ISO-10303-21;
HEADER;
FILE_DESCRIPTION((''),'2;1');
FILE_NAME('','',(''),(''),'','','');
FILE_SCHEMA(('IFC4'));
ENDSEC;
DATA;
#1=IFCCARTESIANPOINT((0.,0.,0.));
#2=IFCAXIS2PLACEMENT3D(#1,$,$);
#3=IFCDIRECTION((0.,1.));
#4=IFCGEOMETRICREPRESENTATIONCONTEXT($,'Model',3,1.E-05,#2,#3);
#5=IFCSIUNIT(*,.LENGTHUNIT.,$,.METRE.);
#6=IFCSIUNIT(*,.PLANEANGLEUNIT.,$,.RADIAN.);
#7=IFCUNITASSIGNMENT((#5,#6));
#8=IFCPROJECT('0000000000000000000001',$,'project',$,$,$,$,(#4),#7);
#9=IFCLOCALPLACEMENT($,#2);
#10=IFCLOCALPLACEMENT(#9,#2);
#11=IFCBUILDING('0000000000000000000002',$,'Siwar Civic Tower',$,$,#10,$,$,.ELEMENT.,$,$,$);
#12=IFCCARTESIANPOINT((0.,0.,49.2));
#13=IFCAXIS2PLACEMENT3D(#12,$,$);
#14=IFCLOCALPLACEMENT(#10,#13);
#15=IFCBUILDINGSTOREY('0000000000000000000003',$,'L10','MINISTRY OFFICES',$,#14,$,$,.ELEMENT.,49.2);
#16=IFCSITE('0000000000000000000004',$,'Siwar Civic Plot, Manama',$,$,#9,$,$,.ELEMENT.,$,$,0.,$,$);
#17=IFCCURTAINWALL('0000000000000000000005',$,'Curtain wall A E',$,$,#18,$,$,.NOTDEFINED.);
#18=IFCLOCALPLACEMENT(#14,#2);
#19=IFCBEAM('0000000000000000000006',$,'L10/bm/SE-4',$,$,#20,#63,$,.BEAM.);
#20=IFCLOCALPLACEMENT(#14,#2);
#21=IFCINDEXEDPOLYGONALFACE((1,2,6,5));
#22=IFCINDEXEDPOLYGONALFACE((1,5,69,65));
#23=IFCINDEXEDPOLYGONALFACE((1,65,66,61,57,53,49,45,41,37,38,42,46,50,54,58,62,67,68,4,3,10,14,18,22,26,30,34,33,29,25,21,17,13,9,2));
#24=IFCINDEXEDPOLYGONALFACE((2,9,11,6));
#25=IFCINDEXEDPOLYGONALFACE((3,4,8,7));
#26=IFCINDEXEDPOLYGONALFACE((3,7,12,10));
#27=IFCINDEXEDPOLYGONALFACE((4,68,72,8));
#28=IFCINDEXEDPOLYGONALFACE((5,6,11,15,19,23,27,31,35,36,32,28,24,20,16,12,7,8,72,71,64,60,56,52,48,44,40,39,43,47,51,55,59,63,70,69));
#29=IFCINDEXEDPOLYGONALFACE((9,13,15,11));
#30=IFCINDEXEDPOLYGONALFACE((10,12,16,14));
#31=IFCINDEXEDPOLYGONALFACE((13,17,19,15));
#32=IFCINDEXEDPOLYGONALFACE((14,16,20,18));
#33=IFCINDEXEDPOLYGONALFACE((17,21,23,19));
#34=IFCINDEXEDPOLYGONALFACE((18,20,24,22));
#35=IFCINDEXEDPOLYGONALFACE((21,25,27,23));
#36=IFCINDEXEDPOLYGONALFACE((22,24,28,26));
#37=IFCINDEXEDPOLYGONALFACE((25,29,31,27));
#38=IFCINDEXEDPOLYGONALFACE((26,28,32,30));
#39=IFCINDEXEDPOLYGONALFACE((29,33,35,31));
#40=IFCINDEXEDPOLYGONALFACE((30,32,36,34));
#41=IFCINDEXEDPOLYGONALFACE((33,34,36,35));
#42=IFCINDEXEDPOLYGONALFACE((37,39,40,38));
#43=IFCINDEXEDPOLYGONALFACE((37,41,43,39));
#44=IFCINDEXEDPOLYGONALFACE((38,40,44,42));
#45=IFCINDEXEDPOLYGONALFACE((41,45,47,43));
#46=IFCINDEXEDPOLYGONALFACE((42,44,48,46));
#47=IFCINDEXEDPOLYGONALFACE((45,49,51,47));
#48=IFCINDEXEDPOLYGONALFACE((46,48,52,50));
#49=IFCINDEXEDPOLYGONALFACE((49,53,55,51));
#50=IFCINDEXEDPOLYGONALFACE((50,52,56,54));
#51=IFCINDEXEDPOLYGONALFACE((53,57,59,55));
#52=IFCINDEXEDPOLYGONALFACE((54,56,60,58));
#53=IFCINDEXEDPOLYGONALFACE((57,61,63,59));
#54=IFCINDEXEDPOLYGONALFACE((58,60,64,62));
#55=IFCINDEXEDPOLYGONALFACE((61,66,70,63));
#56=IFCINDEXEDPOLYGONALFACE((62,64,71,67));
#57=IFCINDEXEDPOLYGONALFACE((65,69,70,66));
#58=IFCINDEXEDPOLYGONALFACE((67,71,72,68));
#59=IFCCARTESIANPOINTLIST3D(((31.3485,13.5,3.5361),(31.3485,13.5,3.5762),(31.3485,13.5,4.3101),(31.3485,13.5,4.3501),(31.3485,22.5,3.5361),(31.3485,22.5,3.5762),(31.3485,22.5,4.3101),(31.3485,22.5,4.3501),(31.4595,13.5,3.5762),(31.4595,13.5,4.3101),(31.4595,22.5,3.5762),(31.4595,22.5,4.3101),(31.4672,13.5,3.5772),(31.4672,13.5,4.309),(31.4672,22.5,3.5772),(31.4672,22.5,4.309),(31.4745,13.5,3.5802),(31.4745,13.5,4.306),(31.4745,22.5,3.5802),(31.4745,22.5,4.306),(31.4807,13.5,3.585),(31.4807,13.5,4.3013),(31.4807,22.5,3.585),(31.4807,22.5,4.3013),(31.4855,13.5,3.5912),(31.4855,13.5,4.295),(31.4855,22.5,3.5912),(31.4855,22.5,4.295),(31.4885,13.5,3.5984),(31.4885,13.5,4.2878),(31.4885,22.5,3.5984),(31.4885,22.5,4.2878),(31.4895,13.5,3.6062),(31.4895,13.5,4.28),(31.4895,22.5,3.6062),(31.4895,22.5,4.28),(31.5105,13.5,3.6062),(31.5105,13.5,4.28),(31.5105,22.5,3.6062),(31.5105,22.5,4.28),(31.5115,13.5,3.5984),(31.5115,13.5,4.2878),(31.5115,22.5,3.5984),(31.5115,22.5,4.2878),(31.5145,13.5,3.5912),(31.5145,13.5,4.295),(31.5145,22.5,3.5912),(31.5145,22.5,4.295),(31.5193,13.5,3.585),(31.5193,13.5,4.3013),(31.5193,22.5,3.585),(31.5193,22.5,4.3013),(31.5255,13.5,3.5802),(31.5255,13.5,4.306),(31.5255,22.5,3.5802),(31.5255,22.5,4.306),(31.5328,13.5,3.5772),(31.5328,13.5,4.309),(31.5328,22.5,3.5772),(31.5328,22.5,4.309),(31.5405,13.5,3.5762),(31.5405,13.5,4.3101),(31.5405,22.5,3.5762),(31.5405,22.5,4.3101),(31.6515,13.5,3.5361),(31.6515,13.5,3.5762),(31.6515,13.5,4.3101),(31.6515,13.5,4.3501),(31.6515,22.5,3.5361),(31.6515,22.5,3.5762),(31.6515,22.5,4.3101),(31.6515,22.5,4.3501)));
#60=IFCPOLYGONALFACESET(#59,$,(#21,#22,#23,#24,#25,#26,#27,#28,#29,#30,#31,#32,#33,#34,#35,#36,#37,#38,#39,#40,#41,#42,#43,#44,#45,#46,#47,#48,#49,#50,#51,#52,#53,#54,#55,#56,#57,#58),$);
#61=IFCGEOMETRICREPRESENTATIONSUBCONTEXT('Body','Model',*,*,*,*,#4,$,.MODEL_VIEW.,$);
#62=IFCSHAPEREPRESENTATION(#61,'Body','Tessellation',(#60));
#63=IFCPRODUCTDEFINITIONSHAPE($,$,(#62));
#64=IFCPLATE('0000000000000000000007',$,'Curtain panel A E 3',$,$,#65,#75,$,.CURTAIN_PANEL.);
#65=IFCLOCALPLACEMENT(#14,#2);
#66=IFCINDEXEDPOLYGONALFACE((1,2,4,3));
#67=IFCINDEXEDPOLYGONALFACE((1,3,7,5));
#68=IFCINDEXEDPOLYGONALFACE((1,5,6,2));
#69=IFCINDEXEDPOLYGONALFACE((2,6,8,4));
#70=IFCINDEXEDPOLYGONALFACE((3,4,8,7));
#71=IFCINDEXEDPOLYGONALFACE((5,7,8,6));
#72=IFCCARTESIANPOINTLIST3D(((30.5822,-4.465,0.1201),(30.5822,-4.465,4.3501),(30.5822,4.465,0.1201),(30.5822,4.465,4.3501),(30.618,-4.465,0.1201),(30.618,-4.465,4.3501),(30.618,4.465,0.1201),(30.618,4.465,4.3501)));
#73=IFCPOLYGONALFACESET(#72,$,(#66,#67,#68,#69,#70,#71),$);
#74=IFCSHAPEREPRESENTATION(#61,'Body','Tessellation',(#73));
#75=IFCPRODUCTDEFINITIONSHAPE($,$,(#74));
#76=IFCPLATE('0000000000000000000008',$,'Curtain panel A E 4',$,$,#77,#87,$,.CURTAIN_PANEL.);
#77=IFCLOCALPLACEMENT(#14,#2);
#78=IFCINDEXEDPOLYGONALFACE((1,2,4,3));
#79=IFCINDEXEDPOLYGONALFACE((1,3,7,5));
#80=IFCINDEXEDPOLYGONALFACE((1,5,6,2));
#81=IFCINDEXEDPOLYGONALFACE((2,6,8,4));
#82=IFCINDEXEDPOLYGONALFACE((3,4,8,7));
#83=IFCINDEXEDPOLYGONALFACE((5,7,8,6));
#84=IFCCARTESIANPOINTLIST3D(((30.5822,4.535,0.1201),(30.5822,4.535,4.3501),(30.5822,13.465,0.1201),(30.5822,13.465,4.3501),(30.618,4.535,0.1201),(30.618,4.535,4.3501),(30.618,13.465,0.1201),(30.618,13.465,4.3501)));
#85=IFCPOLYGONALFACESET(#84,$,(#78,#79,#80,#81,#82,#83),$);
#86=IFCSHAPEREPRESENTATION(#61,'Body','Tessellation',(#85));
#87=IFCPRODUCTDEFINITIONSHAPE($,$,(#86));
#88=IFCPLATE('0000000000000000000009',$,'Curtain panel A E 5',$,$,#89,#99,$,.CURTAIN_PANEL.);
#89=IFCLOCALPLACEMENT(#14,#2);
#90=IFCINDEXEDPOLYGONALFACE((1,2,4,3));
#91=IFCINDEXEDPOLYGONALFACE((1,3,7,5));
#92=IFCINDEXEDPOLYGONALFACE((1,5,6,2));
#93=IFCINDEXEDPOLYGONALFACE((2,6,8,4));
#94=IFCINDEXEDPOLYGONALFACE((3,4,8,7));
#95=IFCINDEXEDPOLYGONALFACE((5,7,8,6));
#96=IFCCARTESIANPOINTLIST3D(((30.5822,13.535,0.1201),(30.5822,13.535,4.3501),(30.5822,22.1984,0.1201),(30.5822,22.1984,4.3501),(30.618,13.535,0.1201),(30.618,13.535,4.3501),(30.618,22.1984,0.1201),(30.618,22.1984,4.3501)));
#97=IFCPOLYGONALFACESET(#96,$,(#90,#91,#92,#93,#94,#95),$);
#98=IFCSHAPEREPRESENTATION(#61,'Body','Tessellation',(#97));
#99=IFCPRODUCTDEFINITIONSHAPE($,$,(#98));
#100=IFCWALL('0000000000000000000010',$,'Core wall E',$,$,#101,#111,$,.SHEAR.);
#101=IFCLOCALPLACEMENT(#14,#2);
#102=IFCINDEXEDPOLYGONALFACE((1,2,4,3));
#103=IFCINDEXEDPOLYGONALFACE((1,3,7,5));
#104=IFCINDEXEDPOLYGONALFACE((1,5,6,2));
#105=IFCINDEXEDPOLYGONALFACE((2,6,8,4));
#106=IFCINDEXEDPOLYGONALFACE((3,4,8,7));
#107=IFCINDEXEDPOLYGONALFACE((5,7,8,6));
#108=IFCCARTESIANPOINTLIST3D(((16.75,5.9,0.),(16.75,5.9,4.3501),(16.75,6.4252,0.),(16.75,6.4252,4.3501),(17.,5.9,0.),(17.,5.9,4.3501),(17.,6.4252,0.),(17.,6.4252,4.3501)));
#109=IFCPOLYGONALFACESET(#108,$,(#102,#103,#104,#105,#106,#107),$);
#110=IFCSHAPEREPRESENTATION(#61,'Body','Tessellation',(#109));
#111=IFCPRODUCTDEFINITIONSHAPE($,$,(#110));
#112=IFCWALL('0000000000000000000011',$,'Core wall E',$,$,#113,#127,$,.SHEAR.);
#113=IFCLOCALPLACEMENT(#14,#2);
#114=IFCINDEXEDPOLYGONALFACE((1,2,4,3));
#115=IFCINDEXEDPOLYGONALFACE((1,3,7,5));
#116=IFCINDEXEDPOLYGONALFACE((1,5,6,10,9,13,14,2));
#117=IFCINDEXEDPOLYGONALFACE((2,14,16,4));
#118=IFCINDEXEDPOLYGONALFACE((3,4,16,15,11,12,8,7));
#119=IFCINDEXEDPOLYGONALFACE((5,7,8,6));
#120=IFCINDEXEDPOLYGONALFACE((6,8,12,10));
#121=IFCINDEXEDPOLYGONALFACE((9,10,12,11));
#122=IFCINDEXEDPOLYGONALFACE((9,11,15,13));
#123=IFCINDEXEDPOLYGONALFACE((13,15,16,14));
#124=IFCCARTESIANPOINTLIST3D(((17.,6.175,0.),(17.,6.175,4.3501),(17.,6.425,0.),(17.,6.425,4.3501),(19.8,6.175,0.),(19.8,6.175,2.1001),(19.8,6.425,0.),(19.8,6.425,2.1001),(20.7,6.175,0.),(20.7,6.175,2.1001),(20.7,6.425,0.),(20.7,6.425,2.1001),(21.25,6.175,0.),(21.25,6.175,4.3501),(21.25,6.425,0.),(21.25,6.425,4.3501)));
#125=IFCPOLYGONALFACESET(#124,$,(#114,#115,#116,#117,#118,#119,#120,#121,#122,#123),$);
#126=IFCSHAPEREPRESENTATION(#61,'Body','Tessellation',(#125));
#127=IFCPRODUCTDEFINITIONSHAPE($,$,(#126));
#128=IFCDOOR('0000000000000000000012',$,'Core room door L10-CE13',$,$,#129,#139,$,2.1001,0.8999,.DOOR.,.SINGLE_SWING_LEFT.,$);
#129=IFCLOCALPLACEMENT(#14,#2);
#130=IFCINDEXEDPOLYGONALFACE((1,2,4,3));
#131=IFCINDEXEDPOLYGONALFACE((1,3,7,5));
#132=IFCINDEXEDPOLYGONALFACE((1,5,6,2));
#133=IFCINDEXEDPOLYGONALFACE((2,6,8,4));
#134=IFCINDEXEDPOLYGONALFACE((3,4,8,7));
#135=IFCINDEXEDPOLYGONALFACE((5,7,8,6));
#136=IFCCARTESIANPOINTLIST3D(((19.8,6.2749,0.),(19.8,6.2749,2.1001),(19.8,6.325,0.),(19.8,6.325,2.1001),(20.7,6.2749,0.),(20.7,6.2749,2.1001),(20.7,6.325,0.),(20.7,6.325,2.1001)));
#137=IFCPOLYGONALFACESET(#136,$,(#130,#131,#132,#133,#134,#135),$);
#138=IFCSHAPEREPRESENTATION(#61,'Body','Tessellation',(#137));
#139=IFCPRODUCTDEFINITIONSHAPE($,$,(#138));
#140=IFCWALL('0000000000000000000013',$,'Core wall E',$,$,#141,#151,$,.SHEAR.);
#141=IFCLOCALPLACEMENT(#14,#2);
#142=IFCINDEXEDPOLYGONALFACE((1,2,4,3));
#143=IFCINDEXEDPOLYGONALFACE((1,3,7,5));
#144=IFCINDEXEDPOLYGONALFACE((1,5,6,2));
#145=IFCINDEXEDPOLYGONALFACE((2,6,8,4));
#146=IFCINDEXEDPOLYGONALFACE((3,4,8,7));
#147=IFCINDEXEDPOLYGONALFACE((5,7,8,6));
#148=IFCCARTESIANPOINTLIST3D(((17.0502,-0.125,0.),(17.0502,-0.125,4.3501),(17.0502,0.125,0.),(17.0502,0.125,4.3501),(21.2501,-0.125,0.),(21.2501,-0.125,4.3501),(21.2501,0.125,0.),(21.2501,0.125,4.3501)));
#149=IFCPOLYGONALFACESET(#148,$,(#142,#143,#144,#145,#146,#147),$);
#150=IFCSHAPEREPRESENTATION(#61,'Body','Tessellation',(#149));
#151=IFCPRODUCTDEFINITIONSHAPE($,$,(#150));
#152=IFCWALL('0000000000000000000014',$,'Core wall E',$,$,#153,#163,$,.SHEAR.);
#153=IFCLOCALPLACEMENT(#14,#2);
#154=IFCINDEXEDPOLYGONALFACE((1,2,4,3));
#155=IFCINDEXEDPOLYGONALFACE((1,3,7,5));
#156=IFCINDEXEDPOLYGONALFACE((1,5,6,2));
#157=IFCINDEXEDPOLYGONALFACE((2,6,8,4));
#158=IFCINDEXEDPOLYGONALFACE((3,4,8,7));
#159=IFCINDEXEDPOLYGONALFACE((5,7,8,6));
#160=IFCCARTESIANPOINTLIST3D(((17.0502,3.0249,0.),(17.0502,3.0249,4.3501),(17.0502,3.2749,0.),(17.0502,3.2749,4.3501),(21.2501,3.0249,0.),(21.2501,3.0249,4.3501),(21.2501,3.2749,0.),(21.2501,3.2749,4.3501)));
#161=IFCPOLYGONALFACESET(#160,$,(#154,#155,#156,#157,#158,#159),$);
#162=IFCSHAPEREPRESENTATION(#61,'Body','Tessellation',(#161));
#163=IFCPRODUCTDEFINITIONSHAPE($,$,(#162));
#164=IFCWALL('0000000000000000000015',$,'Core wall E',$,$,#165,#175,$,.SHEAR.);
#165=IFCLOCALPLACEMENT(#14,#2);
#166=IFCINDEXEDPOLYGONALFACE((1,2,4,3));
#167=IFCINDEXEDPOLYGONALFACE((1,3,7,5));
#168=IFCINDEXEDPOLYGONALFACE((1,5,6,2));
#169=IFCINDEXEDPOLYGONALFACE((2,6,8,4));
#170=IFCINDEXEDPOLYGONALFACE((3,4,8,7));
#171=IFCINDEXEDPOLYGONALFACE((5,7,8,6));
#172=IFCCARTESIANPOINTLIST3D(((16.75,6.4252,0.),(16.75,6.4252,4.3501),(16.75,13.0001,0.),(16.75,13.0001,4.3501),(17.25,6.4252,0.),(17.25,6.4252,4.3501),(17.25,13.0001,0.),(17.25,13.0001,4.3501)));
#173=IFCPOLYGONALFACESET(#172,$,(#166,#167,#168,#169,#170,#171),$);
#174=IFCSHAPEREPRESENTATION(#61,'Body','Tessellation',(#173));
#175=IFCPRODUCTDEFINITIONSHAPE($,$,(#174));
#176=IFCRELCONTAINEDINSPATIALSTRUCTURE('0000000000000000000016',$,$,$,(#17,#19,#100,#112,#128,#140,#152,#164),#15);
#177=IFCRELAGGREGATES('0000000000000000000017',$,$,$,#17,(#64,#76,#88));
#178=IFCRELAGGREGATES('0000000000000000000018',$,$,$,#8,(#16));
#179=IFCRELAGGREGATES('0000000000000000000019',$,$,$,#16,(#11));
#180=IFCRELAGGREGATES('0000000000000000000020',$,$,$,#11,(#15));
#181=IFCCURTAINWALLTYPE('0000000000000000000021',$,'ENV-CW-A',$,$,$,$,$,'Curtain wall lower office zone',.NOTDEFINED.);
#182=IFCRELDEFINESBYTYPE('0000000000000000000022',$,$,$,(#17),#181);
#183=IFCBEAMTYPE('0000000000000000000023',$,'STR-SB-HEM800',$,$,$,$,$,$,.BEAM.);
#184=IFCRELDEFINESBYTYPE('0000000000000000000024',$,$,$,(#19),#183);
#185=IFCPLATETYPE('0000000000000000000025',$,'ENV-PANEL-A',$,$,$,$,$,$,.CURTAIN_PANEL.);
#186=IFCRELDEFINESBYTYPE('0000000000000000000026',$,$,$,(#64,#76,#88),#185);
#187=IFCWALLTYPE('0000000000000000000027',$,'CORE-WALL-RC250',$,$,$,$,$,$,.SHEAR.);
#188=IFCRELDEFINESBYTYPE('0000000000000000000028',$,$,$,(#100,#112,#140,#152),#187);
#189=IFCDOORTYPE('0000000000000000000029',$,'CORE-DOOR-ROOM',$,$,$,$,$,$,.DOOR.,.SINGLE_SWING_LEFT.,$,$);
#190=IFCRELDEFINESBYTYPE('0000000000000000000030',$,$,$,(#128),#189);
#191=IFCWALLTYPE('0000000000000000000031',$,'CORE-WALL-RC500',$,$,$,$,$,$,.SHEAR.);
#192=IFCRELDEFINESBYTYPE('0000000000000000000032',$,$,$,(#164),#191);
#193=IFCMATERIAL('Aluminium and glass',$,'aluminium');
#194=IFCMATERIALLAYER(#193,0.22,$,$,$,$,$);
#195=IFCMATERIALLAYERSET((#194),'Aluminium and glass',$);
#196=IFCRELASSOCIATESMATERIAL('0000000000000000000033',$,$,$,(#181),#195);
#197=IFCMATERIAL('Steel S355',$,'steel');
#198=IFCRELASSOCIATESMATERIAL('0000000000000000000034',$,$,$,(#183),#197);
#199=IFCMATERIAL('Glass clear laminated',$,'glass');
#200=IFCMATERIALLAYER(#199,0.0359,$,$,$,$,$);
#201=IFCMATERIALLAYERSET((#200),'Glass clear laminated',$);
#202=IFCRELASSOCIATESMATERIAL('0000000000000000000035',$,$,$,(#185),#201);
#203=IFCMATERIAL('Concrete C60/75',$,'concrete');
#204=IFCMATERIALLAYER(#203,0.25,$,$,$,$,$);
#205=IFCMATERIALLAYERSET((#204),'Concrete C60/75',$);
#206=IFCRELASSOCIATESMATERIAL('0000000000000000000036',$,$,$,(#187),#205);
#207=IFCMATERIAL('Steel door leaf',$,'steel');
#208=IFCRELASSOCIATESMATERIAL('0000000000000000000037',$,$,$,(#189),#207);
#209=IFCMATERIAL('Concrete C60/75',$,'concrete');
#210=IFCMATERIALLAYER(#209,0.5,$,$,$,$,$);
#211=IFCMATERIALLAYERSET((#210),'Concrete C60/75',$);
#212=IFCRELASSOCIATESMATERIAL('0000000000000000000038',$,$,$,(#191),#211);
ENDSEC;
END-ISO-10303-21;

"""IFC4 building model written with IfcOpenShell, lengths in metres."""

from ifc_helpers import new_model, si_unit, direction, frame, frame_2d, origin, origin_2d, place, context, subcontext, project, spatial, rectangle, i_section, extrude, material, layer, layer_set, material_profile, profile_set, type_object, element, fill, aggregate, save


model = new_model("IFC4")

# Units and contexts
model_context = context("Model", 3, precision=1e-05, world=origin(), true_north=direction((0.0, 1.0)))
body_context = subcontext(model_context, "Body", "Model", "MODEL_VIEW")
ifc_project = project(units=[si_unit("LENGTHUNIT", "METRE"), si_unit("PLANEANGLEUNIT", "RADIAN")], contexts=[model_context])

# Site, building, storey
site_placement = place(None, origin())
site = spatial("IfcSite", under=ifc_project, at=site_placement, Name="Siwar Civic Plot, Manama", CompositionType="ELEMENT", RefElevation=0.0)
building_placement = place(site_placement, origin())
building = spatial("IfcBuilding", under=site, at=building_placement, Name="Siwar Civic Tower", CompositionType="ELEMENT")
storey_placement = place(building_placement, frame((0.0, 0.0, 49.2)))
storey = spatial("IfcBuildingStorey", under=building, at=storey_placement, Name="L10", Description="MINISTRY OFFICES", CompositionType="ELEMENT", Elevation=49.2)

# Curtain wall
ifc_material_1 = material(Name="Aluminium and glass", Category="aluminium")
ifc_layer_1 = layer(ifc_material_1, 0.22)
ifc_layer_set_1 = layer_set([ifc_layer_1], Name="Aluminium and glass")
curtain_wall_type = type_object("IfcCurtainWallType", Name="ENV-CW-A", ElementType="Curtain wall lower office zone", PredefinedType="NOTDEFINED", material=ifc_layer_set_1)
curtain_wall_placement = place(storey_placement, origin())
curtain_wall = element("IfcCurtainWall", 1, at=curtain_wall_placement, inside=storey, type_object=curtain_wall_type, Name="Curtain wall A E", PredefinedType="NOTDEFINED")

# Beam
ifc_material_2 = material(Name="Steel S355", Category="steel")
ifc_material_profile_1 = material_profile(ifc_material_2, i_section(OverallWidth=0.303, OverallDepth=0.814, WebThickness=0.021, FlangeThickness=0.04, FilletRadius=0.03, at=origin_2d()), Name="HEM800")
ifc_profile_set_1 = profile_set([ifc_material_profile_1], Name="Steel S355")
beam_type_1 = type_object("IfcBeamType", Name="STR-SB-HEM800", PredefinedType="BEAM", material=ifc_profile_set_1)
for number, where, z_axis, x_axis, name in (
    (2, (31.5, 13.5, 3.9431), (0.0, 1.0, 0.0), (-1.0, 0.0, 0.0), "L10/bm/SE-4"),
):
    element("IfcBeam", number, at=place(storey_placement, frame(where, z_axis=z_axis, x_axis=x_axis)), inside=storey, type_object=beam_type_1, Name=name, PredefinedType="BEAM", context=body_context, shape_type="SweptSolid", body=[
        extrude(i_section(OverallWidth=0.303, OverallDepth=0.814, WebThickness=0.021, FlangeThickness=0.04, FilletRadius=0.03, at=origin_2d()), origin(), (0.0, 0.0, 1.0), 9.0),
    ])

# Plates
ifc_material_3 = material(Name="Glass clear laminated", Category="glass")
ifc_layer_2 = layer(ifc_material_3, 0.0359)
ifc_layer_set_2 = layer_set([ifc_layer_2], Name="Glass clear laminated")
plate_type = type_object("IfcPlateType", Name="ENV-PANEL-A", PredefinedType="CURTAIN_PANEL", material=ifc_layer_set_2)
plate_1_placement = place(storey_placement, frame((30.6001, 0.0, 0.1201), z_axis=(0.0, 0.0, 1.0), x_axis=(0.0, 1.0, 0.0)))
plate_1 = element("IfcPlate", 3, at=plate_1_placement, type_object=plate_type, Name="Curtain panel A E 3", PredefinedType="CURTAIN_PANEL", context=body_context, shape_type="SweptSolid", body=[
    extrude(rectangle(XDim=8.9299, YDim=0.0359, at=origin_2d()), origin(), (0.0, 0.0, 1.0), 4.23),
])
plate_2_placement = place(storey_placement, frame((30.6001, 9.0, 0.1201), z_axis=(0.0, 0.0, 1.0), x_axis=(0.0, 1.0, 0.0)))
plate_2 = element("IfcPlate", 4, at=plate_2_placement, type_object=plate_type, Name="Curtain panel A E 4", PredefinedType="CURTAIN_PANEL", context=body_context, shape_type="SweptSolid", body=[
    extrude(rectangle(XDim=8.9299, YDim=0.0359, at=origin_2d()), origin(), (0.0, 0.0, 1.0), 4.23),
])
plate_3_placement = place(storey_placement, frame((30.6001, 17.8667, 0.1201), z_axis=(0.0, 0.0, 1.0), x_axis=(0.0, 1.0, 0.0)))
plate_3 = element("IfcPlate", 5, at=plate_3_placement, type_object=plate_type, Name="Curtain panel A E 5", PredefinedType="CURTAIN_PANEL", context=body_context, shape_type="SweptSolid", body=[
    extrude(rectangle(XDim=8.6633, YDim=0.0359, at=origin_2d()), origin(), (0.0, 0.0, 1.0), 4.23),
])
aggregate(curtain_wall, [plate_1, plate_2, plate_3])

# Wall
ifc_material_4 = material(Name="Concrete C60/75", Category="concrete")
ifc_layer_3 = layer(ifc_material_4, 0.25)
ifc_layer_set_3 = layer_set([ifc_layer_3], Name="Concrete C60/75")
wall_type_1 = type_object("IfcWallType", Name="CORE-WALL-RC250", PredefinedType="SHEAR", material=ifc_layer_set_3)
wall_1_placement = place(storey_placement, frame((16.875, 5.8999, 0.0), z_axis=(0.0, 0.0, 1.0), x_axis=(0.0, 1.0, 0.0)))
element("IfcWall", 6, at=wall_1_placement, inside=storey, type_object=wall_type_1, Name="Core wall E", PredefinedType="SHEAR", context=body_context, shape_type="SweptSolid", body=[
    extrude(rectangle(XDim=0.5251, YDim=0.25, at=frame_2d((0.2627, 0.0))), origin(), (0.0, 0.0, 1.0), 4.3501),
])

# Wall, opening, door
wall_2_placement = place(storey_placement, frame((17.0, 6.3, 0.0), z_axis=(0.0, 0.0, 1.0), x_axis=(1.0, 0.0, 0.0)))
wall_2 = element("IfcWall", 7, at=wall_2_placement, inside=storey, type_object=wall_type_1, Name="Core wall E", PredefinedType="SHEAR", context=body_context, shape_type="SweptSolid", body=[
    extrude(rectangle(XDim=4.25, YDim=0.25, at=frame_2d((2.125, 0.0))), origin(), (0.0, 0.0, 1.0), 4.3501),
])
opening_1_placement = place(wall_2_placement, frame((2.8, 0.0, 0.0)))
opening_1 = element("IfcOpeningElement", 8, at=opening_1_placement, cuts=wall_2, PredefinedType="OPENING", context=body_context, shape_type="SweptSolid", body=[
    extrude(rectangle(XDim=0.8999, YDim=2.1001, at=frame_2d((0.45, 1.05))), frame((0.0, 0.135, 0.0), z_axis=(0.0, -1.0, 0.0), x_axis=(1.0, 0.0, 0.0)), (0.0, 0.0, 1.0), 0.27),
])
ifc_material_5 = material(Name="Steel door leaf", Category="steel")
door_type_1 = type_object("IfcDoorType", Name="CORE-DOOR-ROOM", OperationType="SINGLE_SWING_LEFT", PredefinedType="DOOR", material=ifc_material_5)
door_1_placement = place(opening_1_placement, origin())
door_1 = element("IfcDoor", 9, at=door_1_placement, inside=storey, type_object=door_type_1, Name="Core room door L10-CE13", OperationType="SINGLE_SWING_LEFT", OverallHeight=2.1001, OverallWidth=0.8999, PredefinedType="DOOR", context=body_context, shape_type="SweptSolid", body=[
    extrude(rectangle(XDim=0.8999, YDim=2.1001, at=frame_2d((0.45, 1.05))), frame((0.0, 0.0249, 0.0), z_axis=(0.0, -1.0, 0.0), x_axis=(1.0, 0.0, 0.0)), (0.0, 0.0, 1.0), 0.05),
])
fill(opening_1, door_1)

# Walls
for number, where, z_axis, x_axis, name in (
    (10, (17.05, 0.0, 0.0), (0.0, 0.0, 1.0), (1.0, 0.0, 0.0), "Core wall E"),
    (11, (17.05, 3.1499, 0.0), (0.0, 0.0, 1.0), (1.0, 0.0, 0.0), "Core wall E"),
):
    element("IfcWall", number, at=place(storey_placement, frame(where, z_axis=z_axis, x_axis=x_axis)), inside=storey, type_object=wall_type_1, Name=name, PredefinedType="SHEAR", context=body_context, shape_type="SweptSolid", body=[
        extrude(rectangle(XDim=4.2, YDim=0.25, at=frame_2d((2.1001, 0.0))), origin(), (0.0, 0.0, 1.0), 4.3501),
    ])
ifc_material_6 = material(Name="Concrete C60/75", Category="concrete")
ifc_layer_4 = layer(ifc_material_6, 0.5)
ifc_layer_set_4 = layer_set([ifc_layer_4], Name="Concrete C60/75")
wall_type_2 = type_object("IfcWallType", Name="CORE-WALL-RC500", PredefinedType="SHEAR", material=ifc_layer_set_4)
wall_3_placement = place(storey_placement, frame((17.0, 6.425, 0.0), z_axis=(0.0, 0.0, 1.0), x_axis=(0.0, 1.0, 0.0)))
element("IfcWall", 12, at=wall_3_placement, inside=storey, type_object=wall_type_2, Name="Core wall E", PredefinedType="SHEAR", context=body_context, shape_type="SweptSolid", body=[
    extrude(rectangle(XDim=6.575, YDim=0.5, at=frame_2d((3.2876, 0.0))), origin(), (0.0, 0.0, 1.0), 4.3501),
])

save(model, "model.ifc")
